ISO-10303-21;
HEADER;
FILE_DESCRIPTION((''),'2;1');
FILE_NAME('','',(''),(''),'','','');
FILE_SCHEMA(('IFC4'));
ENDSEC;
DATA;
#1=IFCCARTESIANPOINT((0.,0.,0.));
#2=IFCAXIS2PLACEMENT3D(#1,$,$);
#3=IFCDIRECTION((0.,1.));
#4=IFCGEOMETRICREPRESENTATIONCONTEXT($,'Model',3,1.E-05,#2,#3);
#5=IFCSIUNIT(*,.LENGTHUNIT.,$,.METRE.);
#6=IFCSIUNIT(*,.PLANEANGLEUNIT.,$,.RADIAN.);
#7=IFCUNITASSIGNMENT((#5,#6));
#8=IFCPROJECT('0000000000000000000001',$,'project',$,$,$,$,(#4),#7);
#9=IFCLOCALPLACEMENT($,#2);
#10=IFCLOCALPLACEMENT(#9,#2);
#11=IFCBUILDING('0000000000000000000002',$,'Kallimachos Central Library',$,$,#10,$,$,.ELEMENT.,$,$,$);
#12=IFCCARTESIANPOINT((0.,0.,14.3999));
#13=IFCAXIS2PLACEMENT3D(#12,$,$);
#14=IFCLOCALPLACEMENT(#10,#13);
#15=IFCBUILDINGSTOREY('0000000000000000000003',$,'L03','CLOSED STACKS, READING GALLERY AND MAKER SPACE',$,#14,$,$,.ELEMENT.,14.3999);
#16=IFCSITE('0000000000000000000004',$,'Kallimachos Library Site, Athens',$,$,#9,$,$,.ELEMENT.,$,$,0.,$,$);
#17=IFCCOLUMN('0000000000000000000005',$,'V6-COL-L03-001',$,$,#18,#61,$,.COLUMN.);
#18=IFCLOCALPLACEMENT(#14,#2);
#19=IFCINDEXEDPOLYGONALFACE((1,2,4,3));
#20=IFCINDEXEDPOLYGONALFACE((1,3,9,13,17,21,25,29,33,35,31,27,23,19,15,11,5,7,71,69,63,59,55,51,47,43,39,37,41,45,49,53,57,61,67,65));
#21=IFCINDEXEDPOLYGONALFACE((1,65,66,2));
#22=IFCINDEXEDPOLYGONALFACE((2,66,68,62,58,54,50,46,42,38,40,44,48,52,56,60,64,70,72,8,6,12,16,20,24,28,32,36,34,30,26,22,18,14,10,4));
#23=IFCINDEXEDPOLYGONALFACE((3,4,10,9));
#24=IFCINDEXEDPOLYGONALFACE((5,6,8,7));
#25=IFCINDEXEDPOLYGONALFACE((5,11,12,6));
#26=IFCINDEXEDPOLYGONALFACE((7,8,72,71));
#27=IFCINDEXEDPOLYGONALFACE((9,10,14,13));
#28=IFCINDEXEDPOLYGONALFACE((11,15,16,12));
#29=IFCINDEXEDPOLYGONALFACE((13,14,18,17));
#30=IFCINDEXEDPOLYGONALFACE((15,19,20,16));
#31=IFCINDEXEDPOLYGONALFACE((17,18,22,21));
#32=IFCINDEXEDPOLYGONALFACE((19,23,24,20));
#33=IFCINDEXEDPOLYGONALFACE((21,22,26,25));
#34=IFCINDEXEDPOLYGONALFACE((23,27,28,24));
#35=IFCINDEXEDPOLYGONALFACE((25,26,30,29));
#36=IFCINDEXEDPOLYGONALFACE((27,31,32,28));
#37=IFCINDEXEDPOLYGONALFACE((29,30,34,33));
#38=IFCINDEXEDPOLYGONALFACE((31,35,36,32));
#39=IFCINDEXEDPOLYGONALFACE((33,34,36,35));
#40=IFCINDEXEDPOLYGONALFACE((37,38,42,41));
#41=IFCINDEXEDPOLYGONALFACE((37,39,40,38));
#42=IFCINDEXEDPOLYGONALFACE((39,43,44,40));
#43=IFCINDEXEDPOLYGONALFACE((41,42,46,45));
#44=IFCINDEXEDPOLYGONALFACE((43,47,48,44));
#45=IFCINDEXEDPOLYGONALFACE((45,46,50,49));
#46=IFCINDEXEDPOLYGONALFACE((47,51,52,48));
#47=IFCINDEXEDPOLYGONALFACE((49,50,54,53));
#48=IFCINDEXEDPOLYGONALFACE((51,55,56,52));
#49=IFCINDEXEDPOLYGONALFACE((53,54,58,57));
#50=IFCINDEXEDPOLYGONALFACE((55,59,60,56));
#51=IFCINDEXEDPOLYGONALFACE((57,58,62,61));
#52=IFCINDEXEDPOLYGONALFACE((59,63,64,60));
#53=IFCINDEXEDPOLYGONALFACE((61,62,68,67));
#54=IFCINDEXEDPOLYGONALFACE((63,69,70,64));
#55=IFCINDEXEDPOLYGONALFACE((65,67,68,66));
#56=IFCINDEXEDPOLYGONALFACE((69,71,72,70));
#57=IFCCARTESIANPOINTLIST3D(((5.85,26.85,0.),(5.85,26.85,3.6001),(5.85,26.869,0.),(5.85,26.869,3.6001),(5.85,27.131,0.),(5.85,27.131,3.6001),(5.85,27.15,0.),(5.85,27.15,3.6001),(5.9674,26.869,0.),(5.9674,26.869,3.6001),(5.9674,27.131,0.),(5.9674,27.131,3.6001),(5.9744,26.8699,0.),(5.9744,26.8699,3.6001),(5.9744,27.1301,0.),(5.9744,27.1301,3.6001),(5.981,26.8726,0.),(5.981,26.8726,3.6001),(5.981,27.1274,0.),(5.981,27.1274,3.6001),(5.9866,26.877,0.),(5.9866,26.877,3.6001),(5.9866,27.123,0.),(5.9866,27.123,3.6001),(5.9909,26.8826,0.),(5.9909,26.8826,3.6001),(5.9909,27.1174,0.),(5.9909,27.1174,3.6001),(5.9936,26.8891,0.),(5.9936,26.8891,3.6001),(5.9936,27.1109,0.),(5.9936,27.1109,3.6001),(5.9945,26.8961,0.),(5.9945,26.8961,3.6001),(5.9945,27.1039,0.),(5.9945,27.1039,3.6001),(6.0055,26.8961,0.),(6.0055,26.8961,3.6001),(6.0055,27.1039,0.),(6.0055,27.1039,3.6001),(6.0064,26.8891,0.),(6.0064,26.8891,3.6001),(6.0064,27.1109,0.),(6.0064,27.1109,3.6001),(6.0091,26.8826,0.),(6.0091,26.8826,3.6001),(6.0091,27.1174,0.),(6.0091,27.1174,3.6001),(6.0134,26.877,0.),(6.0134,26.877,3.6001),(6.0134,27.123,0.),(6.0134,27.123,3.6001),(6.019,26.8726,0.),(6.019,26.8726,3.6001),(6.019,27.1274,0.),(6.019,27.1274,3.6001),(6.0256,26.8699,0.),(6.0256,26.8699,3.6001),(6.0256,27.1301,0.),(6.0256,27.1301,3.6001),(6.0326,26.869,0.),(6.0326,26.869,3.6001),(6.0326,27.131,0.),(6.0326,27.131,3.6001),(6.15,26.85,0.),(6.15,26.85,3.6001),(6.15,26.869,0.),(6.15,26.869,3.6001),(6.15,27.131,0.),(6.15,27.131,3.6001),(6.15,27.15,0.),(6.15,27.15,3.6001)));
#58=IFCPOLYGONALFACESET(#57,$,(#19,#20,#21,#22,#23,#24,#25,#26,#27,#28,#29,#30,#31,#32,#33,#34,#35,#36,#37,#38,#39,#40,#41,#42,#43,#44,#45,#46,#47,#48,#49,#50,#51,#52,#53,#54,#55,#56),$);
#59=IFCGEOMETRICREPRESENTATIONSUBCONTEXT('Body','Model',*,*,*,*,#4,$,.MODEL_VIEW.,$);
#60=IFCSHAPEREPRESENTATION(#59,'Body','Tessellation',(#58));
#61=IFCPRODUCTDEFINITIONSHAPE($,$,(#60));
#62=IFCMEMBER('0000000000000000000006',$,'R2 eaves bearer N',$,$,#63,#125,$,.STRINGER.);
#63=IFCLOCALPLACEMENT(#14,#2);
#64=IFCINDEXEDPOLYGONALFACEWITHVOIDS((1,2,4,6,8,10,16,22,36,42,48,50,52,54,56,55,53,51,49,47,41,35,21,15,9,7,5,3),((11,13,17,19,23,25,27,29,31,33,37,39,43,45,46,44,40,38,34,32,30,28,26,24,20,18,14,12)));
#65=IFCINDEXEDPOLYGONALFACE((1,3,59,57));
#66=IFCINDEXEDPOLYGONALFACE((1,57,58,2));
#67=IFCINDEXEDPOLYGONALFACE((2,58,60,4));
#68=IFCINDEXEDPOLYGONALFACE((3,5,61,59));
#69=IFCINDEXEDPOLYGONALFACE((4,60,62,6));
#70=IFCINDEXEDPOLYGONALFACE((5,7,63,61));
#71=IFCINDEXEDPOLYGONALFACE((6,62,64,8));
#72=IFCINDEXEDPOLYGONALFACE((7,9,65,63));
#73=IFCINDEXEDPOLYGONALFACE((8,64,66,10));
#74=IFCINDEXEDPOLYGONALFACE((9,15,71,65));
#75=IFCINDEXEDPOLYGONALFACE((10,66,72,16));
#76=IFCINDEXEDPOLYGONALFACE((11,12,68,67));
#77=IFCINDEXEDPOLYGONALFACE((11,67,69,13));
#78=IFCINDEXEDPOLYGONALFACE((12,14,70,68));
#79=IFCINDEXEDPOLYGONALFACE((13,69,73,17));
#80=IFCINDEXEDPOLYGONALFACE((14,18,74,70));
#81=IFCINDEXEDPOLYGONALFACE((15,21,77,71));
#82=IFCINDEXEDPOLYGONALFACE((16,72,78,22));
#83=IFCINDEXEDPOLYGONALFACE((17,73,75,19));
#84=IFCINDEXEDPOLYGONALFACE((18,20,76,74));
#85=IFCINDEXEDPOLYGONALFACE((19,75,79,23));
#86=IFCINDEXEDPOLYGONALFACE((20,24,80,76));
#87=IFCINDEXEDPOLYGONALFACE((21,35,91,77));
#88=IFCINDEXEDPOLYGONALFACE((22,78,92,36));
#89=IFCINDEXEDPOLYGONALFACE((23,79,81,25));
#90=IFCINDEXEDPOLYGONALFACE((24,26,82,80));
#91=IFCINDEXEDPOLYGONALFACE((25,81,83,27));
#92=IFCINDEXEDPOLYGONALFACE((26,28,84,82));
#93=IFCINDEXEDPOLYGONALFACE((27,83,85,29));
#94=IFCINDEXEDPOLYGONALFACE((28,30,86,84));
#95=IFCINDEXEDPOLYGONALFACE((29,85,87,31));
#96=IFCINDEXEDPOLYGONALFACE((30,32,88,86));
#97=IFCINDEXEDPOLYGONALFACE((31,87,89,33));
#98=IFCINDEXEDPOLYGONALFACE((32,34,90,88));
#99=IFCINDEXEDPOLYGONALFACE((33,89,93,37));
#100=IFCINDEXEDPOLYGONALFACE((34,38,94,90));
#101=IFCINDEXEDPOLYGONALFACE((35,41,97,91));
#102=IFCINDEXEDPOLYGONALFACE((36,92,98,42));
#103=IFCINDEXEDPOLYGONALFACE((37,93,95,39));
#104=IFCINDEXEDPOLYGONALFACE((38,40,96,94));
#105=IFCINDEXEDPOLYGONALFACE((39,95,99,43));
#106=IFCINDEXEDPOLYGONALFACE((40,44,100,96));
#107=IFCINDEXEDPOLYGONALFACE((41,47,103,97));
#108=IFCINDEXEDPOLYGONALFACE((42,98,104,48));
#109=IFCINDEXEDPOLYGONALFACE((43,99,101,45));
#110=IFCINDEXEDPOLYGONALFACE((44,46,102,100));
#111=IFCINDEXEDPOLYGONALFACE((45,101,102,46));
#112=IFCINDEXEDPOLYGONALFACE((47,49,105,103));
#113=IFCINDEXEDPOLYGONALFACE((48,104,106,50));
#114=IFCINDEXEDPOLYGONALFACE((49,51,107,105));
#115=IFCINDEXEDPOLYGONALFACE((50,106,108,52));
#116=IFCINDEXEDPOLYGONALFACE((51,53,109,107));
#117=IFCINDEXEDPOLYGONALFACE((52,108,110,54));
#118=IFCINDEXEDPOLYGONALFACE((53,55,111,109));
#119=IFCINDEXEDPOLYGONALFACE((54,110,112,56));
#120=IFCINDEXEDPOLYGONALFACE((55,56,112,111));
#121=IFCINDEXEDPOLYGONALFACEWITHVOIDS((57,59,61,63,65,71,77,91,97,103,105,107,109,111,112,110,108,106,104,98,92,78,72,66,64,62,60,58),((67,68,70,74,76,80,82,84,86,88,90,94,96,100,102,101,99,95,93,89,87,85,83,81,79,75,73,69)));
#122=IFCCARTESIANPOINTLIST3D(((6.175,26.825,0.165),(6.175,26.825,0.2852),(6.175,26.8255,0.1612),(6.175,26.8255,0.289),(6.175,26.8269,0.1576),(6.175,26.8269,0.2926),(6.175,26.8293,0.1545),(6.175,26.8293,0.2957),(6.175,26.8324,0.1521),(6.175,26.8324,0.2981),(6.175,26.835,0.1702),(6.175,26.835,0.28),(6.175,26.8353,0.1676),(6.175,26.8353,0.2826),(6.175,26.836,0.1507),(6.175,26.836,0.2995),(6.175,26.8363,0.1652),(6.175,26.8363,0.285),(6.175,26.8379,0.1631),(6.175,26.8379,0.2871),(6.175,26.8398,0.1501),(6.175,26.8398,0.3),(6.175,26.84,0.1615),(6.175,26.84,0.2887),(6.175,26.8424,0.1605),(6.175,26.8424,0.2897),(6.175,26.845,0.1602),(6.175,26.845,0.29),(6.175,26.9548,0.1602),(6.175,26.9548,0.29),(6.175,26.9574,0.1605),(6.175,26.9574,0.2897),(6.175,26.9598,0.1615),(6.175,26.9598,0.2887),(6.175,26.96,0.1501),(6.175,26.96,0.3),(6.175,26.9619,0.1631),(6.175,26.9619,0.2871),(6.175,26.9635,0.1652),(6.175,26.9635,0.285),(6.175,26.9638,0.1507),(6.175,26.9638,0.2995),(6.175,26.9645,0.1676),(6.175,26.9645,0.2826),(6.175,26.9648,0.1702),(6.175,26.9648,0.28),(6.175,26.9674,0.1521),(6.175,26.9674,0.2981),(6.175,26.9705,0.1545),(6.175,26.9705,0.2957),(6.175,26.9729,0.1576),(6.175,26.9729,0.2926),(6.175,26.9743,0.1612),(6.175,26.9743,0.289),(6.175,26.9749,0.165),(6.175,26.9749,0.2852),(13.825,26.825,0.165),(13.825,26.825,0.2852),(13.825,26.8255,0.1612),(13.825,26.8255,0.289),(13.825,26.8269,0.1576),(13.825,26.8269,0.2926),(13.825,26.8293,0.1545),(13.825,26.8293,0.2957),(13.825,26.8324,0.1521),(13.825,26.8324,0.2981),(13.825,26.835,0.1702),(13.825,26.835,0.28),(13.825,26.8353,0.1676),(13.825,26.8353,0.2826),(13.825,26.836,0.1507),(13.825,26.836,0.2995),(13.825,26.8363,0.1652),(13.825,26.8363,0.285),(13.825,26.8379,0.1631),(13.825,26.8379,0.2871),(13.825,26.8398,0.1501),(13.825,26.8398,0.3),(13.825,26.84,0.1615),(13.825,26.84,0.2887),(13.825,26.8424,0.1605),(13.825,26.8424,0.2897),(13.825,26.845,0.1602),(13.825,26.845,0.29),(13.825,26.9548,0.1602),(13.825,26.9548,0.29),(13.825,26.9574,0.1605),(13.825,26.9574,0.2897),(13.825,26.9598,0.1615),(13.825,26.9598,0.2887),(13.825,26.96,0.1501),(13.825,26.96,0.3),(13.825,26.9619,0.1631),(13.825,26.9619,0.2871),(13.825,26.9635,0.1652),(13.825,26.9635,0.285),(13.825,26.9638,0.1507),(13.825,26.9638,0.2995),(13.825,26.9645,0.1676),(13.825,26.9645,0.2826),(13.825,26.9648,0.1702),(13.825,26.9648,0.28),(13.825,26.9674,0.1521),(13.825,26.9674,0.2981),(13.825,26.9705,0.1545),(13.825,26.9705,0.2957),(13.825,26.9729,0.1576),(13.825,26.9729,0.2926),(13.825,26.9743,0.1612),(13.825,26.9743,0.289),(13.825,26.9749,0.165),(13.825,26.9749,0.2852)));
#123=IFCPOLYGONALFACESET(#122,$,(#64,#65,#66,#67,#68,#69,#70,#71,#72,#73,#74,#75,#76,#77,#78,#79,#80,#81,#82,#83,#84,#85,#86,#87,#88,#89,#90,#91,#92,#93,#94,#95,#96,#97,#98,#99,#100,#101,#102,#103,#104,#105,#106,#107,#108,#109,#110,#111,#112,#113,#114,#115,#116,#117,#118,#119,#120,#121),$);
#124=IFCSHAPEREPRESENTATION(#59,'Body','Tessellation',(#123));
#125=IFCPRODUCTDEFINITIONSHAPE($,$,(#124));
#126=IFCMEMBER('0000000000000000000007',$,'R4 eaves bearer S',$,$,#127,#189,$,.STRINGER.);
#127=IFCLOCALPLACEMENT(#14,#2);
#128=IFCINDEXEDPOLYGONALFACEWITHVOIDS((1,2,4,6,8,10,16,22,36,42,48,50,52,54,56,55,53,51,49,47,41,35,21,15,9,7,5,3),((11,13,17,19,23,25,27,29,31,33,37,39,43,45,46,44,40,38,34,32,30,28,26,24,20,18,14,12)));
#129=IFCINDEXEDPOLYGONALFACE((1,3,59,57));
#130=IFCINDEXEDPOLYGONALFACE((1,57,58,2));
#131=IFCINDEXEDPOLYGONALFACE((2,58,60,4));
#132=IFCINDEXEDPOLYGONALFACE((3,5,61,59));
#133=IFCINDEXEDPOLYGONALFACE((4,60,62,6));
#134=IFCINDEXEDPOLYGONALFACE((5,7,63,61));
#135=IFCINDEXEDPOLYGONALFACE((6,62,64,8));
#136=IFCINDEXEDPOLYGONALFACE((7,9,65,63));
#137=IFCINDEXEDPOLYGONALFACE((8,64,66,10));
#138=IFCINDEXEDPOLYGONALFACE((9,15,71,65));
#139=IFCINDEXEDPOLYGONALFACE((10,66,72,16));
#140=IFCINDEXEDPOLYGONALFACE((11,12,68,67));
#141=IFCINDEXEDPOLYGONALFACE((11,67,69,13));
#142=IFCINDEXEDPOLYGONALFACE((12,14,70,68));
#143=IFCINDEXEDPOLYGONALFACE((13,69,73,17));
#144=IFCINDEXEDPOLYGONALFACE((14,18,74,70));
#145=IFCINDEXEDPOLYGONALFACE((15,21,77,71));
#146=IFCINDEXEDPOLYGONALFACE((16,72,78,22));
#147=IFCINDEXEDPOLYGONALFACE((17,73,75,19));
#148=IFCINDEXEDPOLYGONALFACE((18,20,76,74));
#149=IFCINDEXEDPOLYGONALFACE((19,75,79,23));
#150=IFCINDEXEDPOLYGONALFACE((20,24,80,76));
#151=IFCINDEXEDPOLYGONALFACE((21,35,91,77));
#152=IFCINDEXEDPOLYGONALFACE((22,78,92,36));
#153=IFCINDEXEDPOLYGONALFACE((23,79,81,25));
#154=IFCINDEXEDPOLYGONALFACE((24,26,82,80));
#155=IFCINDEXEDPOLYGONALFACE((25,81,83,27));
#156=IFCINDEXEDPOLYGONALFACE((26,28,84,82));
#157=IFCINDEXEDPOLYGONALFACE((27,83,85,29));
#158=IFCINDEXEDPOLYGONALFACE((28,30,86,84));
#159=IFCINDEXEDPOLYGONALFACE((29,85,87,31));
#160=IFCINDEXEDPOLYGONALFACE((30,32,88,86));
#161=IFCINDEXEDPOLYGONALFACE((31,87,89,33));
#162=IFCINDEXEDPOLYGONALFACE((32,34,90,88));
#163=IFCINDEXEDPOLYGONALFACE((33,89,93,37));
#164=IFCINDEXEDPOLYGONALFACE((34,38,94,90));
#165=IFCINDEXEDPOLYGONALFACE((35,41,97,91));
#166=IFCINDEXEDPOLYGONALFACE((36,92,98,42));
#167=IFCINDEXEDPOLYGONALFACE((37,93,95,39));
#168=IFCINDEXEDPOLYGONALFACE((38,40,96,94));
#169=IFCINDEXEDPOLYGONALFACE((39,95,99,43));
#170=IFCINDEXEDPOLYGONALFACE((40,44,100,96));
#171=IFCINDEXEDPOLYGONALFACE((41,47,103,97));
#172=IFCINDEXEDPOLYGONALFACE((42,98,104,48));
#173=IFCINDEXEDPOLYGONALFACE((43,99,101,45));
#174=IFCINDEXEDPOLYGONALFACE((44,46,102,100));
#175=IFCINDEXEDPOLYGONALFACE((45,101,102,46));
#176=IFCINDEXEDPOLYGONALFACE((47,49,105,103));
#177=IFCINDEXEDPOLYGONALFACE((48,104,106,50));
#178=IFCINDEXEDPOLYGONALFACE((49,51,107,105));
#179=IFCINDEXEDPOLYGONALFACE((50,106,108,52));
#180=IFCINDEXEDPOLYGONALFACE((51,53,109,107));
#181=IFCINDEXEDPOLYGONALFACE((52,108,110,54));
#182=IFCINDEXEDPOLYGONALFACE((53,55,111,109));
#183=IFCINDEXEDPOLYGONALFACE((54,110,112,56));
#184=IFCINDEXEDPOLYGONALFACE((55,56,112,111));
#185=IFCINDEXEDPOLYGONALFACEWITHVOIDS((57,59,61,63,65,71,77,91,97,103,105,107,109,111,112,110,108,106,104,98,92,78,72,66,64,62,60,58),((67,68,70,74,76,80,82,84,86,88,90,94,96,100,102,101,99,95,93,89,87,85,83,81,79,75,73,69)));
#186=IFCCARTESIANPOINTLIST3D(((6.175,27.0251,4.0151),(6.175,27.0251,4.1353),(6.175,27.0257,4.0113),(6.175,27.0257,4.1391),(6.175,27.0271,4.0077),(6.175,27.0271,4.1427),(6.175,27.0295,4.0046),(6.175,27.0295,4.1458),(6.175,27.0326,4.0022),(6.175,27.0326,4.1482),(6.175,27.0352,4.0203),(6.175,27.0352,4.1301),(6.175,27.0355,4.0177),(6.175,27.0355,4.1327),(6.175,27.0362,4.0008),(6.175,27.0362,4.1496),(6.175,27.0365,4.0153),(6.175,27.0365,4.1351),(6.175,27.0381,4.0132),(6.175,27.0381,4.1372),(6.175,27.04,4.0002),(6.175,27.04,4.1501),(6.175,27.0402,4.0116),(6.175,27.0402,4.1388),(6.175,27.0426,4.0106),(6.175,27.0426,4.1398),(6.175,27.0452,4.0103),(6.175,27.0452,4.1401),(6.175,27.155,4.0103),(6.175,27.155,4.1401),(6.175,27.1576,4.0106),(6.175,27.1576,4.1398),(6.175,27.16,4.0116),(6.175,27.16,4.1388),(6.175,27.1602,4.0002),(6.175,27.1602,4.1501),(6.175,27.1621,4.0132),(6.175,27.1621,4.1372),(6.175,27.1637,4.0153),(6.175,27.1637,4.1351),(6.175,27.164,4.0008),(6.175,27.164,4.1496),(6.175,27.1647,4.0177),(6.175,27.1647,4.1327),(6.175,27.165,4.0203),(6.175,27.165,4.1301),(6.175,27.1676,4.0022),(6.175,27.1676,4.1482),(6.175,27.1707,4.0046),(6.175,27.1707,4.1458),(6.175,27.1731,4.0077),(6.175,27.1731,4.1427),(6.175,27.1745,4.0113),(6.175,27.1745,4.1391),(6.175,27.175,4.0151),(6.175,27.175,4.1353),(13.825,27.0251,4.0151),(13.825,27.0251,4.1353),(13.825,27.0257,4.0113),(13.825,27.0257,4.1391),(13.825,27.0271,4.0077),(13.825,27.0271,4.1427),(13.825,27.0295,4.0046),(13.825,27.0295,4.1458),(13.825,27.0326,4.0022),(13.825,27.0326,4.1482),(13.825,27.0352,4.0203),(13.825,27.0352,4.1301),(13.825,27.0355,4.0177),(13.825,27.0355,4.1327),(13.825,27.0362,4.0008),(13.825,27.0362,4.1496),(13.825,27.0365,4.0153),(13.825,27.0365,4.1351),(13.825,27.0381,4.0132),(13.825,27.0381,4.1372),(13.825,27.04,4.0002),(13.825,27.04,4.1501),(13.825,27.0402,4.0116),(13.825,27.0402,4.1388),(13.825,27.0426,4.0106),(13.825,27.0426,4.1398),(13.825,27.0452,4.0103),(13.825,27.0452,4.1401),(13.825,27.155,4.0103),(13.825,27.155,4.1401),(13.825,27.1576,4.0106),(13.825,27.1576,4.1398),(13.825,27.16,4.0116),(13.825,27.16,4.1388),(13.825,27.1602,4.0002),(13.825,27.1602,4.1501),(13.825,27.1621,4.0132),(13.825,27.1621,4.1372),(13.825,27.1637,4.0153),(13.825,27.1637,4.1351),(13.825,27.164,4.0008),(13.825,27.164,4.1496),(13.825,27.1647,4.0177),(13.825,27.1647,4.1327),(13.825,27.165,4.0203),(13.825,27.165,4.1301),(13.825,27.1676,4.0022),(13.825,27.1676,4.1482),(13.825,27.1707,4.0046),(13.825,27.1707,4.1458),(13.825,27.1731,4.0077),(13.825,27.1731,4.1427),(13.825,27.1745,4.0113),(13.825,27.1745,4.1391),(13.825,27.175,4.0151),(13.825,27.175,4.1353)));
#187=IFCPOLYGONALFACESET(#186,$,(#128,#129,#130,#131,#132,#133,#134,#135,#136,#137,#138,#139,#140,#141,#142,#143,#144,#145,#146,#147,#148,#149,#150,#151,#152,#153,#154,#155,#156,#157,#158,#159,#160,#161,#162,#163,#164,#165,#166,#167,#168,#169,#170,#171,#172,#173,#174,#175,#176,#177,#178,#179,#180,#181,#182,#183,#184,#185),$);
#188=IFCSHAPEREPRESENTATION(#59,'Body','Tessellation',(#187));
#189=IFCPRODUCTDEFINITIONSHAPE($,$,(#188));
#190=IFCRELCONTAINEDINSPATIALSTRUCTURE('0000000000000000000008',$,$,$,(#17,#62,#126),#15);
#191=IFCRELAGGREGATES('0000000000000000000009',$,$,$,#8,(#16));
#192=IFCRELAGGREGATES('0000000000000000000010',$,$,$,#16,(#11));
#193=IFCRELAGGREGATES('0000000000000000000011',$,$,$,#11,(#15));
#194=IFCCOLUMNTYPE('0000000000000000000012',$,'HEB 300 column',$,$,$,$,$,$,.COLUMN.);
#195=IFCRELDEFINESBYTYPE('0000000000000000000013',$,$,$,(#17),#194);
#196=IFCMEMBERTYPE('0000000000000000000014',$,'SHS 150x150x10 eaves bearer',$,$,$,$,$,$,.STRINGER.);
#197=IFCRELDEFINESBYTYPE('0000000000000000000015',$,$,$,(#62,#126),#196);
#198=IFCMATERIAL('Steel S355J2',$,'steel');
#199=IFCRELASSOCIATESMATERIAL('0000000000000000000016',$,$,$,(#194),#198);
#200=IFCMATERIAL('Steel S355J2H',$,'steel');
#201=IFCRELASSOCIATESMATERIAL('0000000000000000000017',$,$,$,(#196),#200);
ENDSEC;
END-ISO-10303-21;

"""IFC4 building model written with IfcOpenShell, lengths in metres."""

from ifc_helpers import new_model, si_unit, direction, frame, origin, origin_2d, place, context, subcontext, project, spatial, hollow_rectangle, i_section, extrude, material, material_profile, profile_set, type_object, element, save


model = new_model("IFC4")

# Units and contexts
model_context = context("Model", 3, precision=1e-05, world=origin(), true_north=direction((0.0, 1.0)))
body_context = subcontext(model_context, "Body", "Model", "MODEL_VIEW")
ifc_project = project(units=[si_unit("LENGTHUNIT", "METRE"), si_unit("PLANEANGLEUNIT", "RADIAN")], contexts=[model_context])

# Site, building, storey
site_placement = place(None, origin())
site = spatial("IfcSite", under=ifc_project, at=site_placement, Name="Kallimachos Library Site, Athens", CompositionType="ELEMENT", RefElevation=0.0)
building_placement = place(site_placement, origin())
building = spatial("IfcBuilding", under=site, at=building_placement, Name="Kallimachos Central Library", CompositionType="ELEMENT")
storey_placement = place(building_placement, frame((0.0, 0.0, 14.3999)))
storey = spatial("IfcBuildingStorey", under=building, at=storey_placement, Name="L03", Description="CLOSED STACKS, READING GALLERY AND MAKER SPACE", CompositionType="ELEMENT", Elevation=14.3999)

# Column
ifc_material_1 = material(Name="Steel S355J2", Category="steel")
ifc_material_profile_1 = material_profile(ifc_material_1, i_section(OverallWidth=0.3, OverallDepth=0.3, WebThickness=0.011, FlangeThickness=0.019, FilletRadius=0.0271, at=origin_2d()), Name="HEB 300")
ifc_profile_set_1 = profile_set([ifc_material_profile_1], Name="Steel S355J2")
column_type = type_object("IfcColumnType", Name="HEB 300 column", PredefinedType="COLUMN", material=ifc_profile_set_1)
column_placement = place(storey_placement, frame((6.0, 27.0, 0.0), z_axis=(0.0, 0.0, 1.0), x_axis=(1.0, 0.0, 0.0)))
element("IfcColumn", 1, at=column_placement, inside=storey, type_object=column_type, Name="V6-COL-L03-001", PredefinedType="COLUMN", context=body_context, shape_type="SweptSolid", body=[
    extrude(i_section(OverallWidth=0.3, OverallDepth=0.3, WebThickness=0.011, FlangeThickness=0.019, FilletRadius=0.0271, at=origin_2d()), origin(), (0.0, 0.0, 1.0), 3.6001),
])

# Members
ifc_material_2 = material(Name="Steel S355J2H", Category="steel")
ifc_material_profile_2 = material_profile(ifc_material_2, hollow_rectangle(XDim=0.1499, YDim=0.1499, WallThickness=0.01, InnerFilletRadius=0.01, OuterFilletRadius=0.0149, at=origin_2d()), Name="SHS 150x150x10")
ifc_profile_set_2 = profile_set([ifc_material_profile_2], Name="Steel S355J2H")
member_type_1 = type_object("IfcMemberType", Name="SHS 150x150x10 eaves bearer", PredefinedType="STRINGER", material=ifc_profile_set_2)
for number, where, z_axis, x_axis, name in (
    (2, (6.175, 26.8999, 0.2251), (1.0, 0.0, 0.0), (0.0, 1.0, 0.0), "R2 eaves bearer N"),
    (3, (6.175, 27.1001, 4.0752), (1.0, 0.0, 0.0), (0.0, 1.0, 0.0), "R4 eaves bearer S"),
):
    element("IfcMember", number, at=place(storey_placement, frame(where, z_axis=z_axis, x_axis=x_axis)), inside=storey, type_object=member_type_1, Name=name, PredefinedType="STRINGER", context=body_context, shape_type="SweptSolid", body=[
        extrude(hollow_rectangle(XDim=0.1499, YDim=0.1499, WallThickness=0.01, InnerFilletRadius=0.01, OuterFilletRadius=0.0149, at=origin_2d()), origin(), (0.0, 0.0, 1.0), 7.6499),
    ])

save(model, "model.ifc")
